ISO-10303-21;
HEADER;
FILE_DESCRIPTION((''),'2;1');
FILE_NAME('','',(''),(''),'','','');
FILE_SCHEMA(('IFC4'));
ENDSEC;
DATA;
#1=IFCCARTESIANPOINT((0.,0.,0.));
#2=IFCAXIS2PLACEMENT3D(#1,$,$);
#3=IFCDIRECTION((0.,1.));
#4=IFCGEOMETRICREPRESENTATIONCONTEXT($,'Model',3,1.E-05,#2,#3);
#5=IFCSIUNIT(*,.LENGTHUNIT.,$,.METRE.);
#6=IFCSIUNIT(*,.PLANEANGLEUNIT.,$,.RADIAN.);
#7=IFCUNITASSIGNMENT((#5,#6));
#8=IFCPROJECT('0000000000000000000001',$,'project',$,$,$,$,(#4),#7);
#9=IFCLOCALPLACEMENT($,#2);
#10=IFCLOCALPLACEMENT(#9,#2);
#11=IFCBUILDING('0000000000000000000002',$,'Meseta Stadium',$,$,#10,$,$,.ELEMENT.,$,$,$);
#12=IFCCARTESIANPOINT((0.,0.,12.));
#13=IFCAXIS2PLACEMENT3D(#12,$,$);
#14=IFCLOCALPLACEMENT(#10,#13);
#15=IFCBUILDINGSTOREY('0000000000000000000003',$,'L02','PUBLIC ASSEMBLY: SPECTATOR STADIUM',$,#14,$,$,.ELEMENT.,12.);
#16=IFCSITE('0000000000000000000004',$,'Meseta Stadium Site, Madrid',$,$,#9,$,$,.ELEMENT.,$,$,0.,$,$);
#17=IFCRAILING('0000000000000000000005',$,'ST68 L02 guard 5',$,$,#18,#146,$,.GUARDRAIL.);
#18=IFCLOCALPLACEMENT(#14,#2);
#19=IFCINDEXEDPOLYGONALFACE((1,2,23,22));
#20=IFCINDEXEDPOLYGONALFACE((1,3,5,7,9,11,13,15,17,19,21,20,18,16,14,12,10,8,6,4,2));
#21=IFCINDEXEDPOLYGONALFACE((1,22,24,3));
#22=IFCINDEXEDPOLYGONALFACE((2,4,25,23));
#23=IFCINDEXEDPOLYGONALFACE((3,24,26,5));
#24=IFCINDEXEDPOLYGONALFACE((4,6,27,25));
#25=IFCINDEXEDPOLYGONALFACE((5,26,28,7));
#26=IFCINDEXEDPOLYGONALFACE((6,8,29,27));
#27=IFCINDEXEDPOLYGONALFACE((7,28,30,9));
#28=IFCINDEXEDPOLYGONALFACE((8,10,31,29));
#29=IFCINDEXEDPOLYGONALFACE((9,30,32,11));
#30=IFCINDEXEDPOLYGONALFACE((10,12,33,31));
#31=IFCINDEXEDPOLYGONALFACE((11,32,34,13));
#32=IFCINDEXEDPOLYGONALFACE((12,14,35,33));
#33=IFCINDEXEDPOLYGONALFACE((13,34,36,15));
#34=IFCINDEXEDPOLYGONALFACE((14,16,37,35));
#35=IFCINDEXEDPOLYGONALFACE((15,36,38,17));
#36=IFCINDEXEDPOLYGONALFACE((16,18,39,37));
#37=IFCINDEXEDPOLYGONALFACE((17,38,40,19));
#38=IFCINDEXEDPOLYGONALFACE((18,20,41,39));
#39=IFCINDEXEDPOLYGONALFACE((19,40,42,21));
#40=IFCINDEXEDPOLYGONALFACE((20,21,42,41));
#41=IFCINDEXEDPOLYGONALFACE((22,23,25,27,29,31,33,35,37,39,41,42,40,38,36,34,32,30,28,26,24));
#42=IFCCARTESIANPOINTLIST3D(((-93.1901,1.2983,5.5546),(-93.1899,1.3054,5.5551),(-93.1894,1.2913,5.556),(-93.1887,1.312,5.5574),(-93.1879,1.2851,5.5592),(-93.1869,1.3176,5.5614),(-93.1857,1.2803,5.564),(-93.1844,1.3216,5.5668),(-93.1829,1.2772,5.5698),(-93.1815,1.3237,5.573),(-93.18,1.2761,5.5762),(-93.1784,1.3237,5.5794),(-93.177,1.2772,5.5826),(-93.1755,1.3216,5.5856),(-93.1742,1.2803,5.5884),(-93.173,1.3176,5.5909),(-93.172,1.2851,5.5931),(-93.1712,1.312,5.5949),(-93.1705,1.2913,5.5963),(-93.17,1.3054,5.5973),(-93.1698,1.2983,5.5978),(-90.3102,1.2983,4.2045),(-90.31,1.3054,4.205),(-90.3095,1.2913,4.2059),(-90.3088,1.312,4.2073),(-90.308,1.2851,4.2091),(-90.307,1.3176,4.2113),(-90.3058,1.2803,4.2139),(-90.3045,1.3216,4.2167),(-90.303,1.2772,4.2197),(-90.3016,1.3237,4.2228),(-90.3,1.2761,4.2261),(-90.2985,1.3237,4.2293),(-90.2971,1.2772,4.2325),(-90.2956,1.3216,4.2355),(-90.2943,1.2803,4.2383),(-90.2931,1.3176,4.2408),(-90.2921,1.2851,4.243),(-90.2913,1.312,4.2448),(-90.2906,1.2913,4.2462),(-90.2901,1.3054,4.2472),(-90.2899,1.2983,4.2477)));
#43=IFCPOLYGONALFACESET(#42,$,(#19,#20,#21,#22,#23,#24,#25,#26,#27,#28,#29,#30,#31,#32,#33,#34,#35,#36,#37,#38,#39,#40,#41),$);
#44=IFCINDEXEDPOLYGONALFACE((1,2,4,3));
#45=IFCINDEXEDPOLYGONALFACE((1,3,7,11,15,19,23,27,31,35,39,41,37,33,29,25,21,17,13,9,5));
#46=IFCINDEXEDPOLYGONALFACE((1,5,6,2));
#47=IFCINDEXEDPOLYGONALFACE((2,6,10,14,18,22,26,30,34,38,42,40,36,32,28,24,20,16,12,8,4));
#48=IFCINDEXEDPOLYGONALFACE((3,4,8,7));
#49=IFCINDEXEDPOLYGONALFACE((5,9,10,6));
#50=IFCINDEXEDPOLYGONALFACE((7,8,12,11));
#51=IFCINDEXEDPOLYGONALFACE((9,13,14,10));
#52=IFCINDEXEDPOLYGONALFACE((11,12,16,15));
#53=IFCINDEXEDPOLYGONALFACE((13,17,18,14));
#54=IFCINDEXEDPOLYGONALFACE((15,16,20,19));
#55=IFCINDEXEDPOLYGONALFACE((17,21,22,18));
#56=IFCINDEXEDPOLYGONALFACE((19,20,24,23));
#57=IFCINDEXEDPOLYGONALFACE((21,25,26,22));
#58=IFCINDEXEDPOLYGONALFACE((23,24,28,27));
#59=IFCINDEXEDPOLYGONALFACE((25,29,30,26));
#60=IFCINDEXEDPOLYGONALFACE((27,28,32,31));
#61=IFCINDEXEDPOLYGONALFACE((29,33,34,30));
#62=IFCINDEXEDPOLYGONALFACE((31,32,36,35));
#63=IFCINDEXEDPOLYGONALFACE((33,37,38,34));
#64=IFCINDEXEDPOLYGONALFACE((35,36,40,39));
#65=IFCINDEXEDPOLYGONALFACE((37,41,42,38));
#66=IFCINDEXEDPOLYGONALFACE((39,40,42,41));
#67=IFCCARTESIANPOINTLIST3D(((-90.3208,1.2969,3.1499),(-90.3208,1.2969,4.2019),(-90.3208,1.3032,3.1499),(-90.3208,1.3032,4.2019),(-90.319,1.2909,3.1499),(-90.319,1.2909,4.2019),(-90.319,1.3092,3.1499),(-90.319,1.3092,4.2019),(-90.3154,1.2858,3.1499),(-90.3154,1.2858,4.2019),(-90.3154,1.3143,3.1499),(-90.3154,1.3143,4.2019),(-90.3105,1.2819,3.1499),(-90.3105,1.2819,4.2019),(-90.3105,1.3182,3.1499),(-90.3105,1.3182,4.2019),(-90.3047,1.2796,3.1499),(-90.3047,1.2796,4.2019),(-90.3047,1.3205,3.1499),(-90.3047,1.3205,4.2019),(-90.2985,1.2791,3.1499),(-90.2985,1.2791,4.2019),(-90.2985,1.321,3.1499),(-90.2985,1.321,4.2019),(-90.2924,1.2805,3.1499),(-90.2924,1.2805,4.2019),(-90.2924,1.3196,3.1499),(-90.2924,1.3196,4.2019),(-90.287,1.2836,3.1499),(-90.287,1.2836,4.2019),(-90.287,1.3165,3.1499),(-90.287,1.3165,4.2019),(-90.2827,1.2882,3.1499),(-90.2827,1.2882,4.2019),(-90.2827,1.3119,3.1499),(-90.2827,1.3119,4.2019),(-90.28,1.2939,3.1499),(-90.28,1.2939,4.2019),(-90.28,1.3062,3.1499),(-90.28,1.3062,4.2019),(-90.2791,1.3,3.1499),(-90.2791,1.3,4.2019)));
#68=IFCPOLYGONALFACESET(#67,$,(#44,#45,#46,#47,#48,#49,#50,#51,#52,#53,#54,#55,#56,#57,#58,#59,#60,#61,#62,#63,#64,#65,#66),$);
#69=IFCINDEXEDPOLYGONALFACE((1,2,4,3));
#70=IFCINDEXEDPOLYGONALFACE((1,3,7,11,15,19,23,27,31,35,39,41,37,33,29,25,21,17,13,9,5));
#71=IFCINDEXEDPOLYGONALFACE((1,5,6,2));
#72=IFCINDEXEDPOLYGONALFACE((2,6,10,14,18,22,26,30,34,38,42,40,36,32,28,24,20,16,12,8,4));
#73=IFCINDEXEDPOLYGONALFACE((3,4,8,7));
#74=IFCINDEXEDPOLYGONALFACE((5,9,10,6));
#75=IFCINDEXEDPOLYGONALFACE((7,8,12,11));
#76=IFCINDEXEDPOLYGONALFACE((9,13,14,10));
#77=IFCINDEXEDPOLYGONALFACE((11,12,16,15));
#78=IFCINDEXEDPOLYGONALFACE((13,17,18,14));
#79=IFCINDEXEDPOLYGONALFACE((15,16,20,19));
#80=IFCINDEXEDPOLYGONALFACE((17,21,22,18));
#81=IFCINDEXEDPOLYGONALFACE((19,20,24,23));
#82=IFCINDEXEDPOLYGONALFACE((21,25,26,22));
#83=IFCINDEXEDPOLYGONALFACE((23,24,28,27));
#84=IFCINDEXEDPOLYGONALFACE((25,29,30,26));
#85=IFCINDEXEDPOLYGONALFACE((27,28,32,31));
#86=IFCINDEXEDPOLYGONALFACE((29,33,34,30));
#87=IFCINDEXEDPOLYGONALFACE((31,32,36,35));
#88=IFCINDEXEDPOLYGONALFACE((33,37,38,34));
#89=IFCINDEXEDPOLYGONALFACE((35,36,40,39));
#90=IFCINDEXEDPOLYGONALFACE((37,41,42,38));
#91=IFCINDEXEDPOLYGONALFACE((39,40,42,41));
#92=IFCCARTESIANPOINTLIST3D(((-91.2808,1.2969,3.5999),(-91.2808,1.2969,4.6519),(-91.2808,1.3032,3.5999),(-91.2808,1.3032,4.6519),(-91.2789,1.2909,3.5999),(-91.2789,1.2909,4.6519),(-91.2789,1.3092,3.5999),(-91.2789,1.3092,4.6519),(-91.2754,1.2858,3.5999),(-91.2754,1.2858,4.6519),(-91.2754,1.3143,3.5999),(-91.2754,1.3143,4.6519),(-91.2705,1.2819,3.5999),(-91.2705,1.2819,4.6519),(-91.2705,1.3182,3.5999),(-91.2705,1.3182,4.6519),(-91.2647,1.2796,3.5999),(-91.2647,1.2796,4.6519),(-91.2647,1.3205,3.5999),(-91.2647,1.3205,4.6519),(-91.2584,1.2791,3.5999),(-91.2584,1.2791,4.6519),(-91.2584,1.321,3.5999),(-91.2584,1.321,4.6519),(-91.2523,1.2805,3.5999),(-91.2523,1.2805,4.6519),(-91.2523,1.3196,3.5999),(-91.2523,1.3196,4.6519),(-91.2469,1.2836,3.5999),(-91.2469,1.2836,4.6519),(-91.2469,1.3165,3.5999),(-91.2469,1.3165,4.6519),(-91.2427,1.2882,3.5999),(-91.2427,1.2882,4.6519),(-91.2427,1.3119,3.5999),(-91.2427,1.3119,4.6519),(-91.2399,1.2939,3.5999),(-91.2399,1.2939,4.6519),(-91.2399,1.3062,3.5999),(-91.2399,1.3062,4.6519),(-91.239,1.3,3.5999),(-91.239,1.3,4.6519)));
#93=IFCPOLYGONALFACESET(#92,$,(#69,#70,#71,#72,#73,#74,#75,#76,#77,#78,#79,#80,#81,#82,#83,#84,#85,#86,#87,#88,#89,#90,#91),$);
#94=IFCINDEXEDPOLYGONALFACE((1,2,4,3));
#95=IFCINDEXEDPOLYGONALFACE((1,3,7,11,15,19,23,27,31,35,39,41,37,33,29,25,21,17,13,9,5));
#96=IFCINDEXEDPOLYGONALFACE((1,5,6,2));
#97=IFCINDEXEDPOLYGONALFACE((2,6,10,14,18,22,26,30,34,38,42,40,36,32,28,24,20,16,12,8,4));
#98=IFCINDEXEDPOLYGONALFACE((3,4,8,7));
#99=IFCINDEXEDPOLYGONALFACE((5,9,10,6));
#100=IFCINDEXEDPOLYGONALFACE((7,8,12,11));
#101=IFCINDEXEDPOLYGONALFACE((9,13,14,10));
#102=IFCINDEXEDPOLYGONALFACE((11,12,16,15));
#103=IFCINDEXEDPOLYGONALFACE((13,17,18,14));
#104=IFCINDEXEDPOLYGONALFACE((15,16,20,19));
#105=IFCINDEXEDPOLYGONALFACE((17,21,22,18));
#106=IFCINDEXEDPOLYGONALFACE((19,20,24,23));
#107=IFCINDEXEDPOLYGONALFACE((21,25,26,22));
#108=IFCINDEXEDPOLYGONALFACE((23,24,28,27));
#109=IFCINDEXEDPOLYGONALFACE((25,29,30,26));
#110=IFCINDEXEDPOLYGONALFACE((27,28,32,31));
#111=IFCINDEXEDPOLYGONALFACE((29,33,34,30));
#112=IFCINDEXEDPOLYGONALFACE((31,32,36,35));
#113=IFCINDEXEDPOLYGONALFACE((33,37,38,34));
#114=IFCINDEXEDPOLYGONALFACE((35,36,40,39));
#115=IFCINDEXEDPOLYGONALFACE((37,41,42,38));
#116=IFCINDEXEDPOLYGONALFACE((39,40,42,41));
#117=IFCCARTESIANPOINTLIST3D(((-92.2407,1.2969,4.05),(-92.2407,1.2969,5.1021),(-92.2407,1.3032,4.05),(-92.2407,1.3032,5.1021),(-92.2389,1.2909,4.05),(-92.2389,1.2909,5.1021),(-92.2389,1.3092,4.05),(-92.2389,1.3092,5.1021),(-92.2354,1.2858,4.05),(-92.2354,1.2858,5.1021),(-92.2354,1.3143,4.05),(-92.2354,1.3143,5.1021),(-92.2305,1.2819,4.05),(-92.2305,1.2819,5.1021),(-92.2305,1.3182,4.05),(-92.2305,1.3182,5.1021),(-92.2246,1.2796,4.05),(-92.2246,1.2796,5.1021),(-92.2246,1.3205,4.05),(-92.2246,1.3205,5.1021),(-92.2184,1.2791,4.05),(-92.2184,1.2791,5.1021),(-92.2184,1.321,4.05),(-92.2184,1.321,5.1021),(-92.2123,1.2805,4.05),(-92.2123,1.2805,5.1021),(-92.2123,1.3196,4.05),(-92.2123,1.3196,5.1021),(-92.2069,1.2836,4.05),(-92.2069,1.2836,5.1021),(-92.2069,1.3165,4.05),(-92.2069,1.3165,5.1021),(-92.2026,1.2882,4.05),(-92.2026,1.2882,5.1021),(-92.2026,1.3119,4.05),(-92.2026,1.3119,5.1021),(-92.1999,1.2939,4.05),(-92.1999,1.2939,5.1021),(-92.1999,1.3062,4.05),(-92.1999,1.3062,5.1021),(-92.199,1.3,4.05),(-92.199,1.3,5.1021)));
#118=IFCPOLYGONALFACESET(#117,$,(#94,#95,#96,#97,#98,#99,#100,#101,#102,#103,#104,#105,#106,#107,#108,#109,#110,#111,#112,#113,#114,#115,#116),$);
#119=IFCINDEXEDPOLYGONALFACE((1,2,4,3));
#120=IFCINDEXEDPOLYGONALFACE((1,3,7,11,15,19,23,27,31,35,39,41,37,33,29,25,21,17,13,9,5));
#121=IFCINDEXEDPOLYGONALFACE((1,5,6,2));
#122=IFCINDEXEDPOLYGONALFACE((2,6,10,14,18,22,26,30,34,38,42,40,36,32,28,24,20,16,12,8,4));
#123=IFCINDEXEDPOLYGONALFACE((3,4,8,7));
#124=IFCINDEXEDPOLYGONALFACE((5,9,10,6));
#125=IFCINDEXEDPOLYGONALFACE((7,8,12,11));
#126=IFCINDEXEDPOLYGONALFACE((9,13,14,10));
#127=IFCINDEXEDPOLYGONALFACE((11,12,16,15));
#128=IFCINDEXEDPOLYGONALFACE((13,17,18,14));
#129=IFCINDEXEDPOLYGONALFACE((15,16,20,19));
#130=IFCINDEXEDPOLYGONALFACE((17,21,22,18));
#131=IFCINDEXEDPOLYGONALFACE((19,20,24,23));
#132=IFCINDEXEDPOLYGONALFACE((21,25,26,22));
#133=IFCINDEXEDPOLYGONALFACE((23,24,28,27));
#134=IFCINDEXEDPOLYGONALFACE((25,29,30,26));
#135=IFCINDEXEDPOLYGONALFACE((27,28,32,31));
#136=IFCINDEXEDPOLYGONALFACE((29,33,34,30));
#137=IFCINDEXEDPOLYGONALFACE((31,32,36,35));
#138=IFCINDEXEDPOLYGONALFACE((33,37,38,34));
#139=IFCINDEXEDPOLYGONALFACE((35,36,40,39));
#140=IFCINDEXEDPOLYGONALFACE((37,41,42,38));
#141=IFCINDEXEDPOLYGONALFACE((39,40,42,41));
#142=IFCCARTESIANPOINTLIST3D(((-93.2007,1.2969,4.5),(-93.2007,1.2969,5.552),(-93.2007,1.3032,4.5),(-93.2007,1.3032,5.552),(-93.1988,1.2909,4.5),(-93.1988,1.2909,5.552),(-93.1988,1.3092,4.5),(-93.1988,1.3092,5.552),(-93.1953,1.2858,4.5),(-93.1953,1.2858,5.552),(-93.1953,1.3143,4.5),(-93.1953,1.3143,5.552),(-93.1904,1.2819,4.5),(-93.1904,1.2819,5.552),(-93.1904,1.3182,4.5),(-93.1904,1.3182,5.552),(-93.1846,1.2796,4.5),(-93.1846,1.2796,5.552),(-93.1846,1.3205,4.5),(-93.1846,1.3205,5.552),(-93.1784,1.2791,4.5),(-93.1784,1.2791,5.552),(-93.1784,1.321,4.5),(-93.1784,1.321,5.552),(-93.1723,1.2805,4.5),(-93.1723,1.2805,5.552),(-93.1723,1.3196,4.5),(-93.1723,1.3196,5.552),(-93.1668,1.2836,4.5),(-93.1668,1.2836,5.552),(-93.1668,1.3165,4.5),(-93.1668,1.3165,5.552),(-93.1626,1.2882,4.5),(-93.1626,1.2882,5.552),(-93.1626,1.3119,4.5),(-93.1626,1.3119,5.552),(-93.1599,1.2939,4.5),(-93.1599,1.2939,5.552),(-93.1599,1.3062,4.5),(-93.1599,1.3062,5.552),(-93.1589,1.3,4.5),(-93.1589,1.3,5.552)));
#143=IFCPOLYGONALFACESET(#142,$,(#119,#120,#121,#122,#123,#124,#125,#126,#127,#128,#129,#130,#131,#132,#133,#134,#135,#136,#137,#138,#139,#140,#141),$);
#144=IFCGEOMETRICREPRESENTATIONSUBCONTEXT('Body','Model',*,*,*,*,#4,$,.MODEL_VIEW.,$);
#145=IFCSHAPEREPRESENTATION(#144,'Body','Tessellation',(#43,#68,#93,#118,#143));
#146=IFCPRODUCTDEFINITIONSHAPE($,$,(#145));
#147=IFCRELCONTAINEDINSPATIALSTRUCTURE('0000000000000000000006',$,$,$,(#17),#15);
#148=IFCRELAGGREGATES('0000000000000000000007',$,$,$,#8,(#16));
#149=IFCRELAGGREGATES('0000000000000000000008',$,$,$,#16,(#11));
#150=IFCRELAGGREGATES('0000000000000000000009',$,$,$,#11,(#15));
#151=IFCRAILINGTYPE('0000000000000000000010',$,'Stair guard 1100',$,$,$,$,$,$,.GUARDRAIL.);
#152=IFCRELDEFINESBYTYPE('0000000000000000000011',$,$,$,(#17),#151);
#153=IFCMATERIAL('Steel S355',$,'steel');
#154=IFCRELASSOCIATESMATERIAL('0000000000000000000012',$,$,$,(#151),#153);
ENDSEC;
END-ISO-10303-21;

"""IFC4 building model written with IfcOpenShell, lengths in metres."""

from ifc_helpers import new_model, si_unit, direction, frame, origin, origin_2d, place, context, subcontext, project, spatial, circle, extrude, material, type_object, element, save


model = new_model("IFC4")

# Units and contexts
model_context = context("Model", 3, precision=1e-05, world=origin(), true_north=direction((0.0, 1.0)))
body_context = subcontext(model_context, "Body", "Model", "MODEL_VIEW")
ifc_project = project(units=[si_unit("LENGTHUNIT", "METRE"), si_unit("PLANEANGLEUNIT", "RADIAN")], contexts=[model_context])

# Site, building, storey
site_placement = place(None, origin())
site = spatial("IfcSite", under=ifc_project, at=site_placement, Name="Meseta Stadium Site, Madrid", CompositionType="ELEMENT", RefElevation=0.0)
building_placement = place(site_placement, origin())
building = spatial("IfcBuilding", under=site, at=building_placement, Name="Meseta Stadium", CompositionType="ELEMENT")
storey_placement = place(building_placement, frame((0.0, 0.0, 12.0)))
storey = spatial("IfcBuildingStorey", under=building, at=storey_placement, Name="L02", Description="PUBLIC ASSEMBLY: SPECTATOR STADIUM", CompositionType="ELEMENT", Elevation=12.0)

# Railing
ifc_material_1 = material(Name="Steel S355", Category="steel")
railing_type_1 = type_object("IfcRailingType", Name="Stair guard 1100", PredefinedType="GUARDRAIL", material=ifc_material_1)
railing_1_placement = place(storey_placement, frame((-90.3, 1.3, 3.1499)))
element("IfcRailing", 1, at=railing_1_placement, inside=storey, type_object=railing_type_1, Name="ST68 L02 guard 5", PredefinedType="GUARDRAIL", context=body_context, shape_type="SweptSolid", body=[
    extrude(circle(Radius=0.0239, at=origin_2d()), frame((0.0, 0.0, 1.0762), z_axis=(-0.90544, 0.0, 0.424473), x_axis=(0.0, -1.0, 0.0)), (0.0, 0.0, 1.0), 3.1807),
    extrude(circle(Radius=0.021, at=origin_2d()), origin(), (0.0, 0.0, 1.0), 1.052),
    extrude(circle(Radius=0.021, at=origin_2d()), frame((-0.96, 0.0, 0.45)), (0.0, 0.0, 1.0), 1.052),
    extrude(circle(Radius=0.021, at=origin_2d()), frame((-1.9199, 0.0, 0.9001)), (0.0, 0.0, 1.0), 1.052),
    extrude(circle(Radius=0.021, at=origin_2d()), frame((-2.8799, 0.0, 1.3501)), (0.0, 0.0, 1.0), 1.052),
])

save(model, "model.ifc")
